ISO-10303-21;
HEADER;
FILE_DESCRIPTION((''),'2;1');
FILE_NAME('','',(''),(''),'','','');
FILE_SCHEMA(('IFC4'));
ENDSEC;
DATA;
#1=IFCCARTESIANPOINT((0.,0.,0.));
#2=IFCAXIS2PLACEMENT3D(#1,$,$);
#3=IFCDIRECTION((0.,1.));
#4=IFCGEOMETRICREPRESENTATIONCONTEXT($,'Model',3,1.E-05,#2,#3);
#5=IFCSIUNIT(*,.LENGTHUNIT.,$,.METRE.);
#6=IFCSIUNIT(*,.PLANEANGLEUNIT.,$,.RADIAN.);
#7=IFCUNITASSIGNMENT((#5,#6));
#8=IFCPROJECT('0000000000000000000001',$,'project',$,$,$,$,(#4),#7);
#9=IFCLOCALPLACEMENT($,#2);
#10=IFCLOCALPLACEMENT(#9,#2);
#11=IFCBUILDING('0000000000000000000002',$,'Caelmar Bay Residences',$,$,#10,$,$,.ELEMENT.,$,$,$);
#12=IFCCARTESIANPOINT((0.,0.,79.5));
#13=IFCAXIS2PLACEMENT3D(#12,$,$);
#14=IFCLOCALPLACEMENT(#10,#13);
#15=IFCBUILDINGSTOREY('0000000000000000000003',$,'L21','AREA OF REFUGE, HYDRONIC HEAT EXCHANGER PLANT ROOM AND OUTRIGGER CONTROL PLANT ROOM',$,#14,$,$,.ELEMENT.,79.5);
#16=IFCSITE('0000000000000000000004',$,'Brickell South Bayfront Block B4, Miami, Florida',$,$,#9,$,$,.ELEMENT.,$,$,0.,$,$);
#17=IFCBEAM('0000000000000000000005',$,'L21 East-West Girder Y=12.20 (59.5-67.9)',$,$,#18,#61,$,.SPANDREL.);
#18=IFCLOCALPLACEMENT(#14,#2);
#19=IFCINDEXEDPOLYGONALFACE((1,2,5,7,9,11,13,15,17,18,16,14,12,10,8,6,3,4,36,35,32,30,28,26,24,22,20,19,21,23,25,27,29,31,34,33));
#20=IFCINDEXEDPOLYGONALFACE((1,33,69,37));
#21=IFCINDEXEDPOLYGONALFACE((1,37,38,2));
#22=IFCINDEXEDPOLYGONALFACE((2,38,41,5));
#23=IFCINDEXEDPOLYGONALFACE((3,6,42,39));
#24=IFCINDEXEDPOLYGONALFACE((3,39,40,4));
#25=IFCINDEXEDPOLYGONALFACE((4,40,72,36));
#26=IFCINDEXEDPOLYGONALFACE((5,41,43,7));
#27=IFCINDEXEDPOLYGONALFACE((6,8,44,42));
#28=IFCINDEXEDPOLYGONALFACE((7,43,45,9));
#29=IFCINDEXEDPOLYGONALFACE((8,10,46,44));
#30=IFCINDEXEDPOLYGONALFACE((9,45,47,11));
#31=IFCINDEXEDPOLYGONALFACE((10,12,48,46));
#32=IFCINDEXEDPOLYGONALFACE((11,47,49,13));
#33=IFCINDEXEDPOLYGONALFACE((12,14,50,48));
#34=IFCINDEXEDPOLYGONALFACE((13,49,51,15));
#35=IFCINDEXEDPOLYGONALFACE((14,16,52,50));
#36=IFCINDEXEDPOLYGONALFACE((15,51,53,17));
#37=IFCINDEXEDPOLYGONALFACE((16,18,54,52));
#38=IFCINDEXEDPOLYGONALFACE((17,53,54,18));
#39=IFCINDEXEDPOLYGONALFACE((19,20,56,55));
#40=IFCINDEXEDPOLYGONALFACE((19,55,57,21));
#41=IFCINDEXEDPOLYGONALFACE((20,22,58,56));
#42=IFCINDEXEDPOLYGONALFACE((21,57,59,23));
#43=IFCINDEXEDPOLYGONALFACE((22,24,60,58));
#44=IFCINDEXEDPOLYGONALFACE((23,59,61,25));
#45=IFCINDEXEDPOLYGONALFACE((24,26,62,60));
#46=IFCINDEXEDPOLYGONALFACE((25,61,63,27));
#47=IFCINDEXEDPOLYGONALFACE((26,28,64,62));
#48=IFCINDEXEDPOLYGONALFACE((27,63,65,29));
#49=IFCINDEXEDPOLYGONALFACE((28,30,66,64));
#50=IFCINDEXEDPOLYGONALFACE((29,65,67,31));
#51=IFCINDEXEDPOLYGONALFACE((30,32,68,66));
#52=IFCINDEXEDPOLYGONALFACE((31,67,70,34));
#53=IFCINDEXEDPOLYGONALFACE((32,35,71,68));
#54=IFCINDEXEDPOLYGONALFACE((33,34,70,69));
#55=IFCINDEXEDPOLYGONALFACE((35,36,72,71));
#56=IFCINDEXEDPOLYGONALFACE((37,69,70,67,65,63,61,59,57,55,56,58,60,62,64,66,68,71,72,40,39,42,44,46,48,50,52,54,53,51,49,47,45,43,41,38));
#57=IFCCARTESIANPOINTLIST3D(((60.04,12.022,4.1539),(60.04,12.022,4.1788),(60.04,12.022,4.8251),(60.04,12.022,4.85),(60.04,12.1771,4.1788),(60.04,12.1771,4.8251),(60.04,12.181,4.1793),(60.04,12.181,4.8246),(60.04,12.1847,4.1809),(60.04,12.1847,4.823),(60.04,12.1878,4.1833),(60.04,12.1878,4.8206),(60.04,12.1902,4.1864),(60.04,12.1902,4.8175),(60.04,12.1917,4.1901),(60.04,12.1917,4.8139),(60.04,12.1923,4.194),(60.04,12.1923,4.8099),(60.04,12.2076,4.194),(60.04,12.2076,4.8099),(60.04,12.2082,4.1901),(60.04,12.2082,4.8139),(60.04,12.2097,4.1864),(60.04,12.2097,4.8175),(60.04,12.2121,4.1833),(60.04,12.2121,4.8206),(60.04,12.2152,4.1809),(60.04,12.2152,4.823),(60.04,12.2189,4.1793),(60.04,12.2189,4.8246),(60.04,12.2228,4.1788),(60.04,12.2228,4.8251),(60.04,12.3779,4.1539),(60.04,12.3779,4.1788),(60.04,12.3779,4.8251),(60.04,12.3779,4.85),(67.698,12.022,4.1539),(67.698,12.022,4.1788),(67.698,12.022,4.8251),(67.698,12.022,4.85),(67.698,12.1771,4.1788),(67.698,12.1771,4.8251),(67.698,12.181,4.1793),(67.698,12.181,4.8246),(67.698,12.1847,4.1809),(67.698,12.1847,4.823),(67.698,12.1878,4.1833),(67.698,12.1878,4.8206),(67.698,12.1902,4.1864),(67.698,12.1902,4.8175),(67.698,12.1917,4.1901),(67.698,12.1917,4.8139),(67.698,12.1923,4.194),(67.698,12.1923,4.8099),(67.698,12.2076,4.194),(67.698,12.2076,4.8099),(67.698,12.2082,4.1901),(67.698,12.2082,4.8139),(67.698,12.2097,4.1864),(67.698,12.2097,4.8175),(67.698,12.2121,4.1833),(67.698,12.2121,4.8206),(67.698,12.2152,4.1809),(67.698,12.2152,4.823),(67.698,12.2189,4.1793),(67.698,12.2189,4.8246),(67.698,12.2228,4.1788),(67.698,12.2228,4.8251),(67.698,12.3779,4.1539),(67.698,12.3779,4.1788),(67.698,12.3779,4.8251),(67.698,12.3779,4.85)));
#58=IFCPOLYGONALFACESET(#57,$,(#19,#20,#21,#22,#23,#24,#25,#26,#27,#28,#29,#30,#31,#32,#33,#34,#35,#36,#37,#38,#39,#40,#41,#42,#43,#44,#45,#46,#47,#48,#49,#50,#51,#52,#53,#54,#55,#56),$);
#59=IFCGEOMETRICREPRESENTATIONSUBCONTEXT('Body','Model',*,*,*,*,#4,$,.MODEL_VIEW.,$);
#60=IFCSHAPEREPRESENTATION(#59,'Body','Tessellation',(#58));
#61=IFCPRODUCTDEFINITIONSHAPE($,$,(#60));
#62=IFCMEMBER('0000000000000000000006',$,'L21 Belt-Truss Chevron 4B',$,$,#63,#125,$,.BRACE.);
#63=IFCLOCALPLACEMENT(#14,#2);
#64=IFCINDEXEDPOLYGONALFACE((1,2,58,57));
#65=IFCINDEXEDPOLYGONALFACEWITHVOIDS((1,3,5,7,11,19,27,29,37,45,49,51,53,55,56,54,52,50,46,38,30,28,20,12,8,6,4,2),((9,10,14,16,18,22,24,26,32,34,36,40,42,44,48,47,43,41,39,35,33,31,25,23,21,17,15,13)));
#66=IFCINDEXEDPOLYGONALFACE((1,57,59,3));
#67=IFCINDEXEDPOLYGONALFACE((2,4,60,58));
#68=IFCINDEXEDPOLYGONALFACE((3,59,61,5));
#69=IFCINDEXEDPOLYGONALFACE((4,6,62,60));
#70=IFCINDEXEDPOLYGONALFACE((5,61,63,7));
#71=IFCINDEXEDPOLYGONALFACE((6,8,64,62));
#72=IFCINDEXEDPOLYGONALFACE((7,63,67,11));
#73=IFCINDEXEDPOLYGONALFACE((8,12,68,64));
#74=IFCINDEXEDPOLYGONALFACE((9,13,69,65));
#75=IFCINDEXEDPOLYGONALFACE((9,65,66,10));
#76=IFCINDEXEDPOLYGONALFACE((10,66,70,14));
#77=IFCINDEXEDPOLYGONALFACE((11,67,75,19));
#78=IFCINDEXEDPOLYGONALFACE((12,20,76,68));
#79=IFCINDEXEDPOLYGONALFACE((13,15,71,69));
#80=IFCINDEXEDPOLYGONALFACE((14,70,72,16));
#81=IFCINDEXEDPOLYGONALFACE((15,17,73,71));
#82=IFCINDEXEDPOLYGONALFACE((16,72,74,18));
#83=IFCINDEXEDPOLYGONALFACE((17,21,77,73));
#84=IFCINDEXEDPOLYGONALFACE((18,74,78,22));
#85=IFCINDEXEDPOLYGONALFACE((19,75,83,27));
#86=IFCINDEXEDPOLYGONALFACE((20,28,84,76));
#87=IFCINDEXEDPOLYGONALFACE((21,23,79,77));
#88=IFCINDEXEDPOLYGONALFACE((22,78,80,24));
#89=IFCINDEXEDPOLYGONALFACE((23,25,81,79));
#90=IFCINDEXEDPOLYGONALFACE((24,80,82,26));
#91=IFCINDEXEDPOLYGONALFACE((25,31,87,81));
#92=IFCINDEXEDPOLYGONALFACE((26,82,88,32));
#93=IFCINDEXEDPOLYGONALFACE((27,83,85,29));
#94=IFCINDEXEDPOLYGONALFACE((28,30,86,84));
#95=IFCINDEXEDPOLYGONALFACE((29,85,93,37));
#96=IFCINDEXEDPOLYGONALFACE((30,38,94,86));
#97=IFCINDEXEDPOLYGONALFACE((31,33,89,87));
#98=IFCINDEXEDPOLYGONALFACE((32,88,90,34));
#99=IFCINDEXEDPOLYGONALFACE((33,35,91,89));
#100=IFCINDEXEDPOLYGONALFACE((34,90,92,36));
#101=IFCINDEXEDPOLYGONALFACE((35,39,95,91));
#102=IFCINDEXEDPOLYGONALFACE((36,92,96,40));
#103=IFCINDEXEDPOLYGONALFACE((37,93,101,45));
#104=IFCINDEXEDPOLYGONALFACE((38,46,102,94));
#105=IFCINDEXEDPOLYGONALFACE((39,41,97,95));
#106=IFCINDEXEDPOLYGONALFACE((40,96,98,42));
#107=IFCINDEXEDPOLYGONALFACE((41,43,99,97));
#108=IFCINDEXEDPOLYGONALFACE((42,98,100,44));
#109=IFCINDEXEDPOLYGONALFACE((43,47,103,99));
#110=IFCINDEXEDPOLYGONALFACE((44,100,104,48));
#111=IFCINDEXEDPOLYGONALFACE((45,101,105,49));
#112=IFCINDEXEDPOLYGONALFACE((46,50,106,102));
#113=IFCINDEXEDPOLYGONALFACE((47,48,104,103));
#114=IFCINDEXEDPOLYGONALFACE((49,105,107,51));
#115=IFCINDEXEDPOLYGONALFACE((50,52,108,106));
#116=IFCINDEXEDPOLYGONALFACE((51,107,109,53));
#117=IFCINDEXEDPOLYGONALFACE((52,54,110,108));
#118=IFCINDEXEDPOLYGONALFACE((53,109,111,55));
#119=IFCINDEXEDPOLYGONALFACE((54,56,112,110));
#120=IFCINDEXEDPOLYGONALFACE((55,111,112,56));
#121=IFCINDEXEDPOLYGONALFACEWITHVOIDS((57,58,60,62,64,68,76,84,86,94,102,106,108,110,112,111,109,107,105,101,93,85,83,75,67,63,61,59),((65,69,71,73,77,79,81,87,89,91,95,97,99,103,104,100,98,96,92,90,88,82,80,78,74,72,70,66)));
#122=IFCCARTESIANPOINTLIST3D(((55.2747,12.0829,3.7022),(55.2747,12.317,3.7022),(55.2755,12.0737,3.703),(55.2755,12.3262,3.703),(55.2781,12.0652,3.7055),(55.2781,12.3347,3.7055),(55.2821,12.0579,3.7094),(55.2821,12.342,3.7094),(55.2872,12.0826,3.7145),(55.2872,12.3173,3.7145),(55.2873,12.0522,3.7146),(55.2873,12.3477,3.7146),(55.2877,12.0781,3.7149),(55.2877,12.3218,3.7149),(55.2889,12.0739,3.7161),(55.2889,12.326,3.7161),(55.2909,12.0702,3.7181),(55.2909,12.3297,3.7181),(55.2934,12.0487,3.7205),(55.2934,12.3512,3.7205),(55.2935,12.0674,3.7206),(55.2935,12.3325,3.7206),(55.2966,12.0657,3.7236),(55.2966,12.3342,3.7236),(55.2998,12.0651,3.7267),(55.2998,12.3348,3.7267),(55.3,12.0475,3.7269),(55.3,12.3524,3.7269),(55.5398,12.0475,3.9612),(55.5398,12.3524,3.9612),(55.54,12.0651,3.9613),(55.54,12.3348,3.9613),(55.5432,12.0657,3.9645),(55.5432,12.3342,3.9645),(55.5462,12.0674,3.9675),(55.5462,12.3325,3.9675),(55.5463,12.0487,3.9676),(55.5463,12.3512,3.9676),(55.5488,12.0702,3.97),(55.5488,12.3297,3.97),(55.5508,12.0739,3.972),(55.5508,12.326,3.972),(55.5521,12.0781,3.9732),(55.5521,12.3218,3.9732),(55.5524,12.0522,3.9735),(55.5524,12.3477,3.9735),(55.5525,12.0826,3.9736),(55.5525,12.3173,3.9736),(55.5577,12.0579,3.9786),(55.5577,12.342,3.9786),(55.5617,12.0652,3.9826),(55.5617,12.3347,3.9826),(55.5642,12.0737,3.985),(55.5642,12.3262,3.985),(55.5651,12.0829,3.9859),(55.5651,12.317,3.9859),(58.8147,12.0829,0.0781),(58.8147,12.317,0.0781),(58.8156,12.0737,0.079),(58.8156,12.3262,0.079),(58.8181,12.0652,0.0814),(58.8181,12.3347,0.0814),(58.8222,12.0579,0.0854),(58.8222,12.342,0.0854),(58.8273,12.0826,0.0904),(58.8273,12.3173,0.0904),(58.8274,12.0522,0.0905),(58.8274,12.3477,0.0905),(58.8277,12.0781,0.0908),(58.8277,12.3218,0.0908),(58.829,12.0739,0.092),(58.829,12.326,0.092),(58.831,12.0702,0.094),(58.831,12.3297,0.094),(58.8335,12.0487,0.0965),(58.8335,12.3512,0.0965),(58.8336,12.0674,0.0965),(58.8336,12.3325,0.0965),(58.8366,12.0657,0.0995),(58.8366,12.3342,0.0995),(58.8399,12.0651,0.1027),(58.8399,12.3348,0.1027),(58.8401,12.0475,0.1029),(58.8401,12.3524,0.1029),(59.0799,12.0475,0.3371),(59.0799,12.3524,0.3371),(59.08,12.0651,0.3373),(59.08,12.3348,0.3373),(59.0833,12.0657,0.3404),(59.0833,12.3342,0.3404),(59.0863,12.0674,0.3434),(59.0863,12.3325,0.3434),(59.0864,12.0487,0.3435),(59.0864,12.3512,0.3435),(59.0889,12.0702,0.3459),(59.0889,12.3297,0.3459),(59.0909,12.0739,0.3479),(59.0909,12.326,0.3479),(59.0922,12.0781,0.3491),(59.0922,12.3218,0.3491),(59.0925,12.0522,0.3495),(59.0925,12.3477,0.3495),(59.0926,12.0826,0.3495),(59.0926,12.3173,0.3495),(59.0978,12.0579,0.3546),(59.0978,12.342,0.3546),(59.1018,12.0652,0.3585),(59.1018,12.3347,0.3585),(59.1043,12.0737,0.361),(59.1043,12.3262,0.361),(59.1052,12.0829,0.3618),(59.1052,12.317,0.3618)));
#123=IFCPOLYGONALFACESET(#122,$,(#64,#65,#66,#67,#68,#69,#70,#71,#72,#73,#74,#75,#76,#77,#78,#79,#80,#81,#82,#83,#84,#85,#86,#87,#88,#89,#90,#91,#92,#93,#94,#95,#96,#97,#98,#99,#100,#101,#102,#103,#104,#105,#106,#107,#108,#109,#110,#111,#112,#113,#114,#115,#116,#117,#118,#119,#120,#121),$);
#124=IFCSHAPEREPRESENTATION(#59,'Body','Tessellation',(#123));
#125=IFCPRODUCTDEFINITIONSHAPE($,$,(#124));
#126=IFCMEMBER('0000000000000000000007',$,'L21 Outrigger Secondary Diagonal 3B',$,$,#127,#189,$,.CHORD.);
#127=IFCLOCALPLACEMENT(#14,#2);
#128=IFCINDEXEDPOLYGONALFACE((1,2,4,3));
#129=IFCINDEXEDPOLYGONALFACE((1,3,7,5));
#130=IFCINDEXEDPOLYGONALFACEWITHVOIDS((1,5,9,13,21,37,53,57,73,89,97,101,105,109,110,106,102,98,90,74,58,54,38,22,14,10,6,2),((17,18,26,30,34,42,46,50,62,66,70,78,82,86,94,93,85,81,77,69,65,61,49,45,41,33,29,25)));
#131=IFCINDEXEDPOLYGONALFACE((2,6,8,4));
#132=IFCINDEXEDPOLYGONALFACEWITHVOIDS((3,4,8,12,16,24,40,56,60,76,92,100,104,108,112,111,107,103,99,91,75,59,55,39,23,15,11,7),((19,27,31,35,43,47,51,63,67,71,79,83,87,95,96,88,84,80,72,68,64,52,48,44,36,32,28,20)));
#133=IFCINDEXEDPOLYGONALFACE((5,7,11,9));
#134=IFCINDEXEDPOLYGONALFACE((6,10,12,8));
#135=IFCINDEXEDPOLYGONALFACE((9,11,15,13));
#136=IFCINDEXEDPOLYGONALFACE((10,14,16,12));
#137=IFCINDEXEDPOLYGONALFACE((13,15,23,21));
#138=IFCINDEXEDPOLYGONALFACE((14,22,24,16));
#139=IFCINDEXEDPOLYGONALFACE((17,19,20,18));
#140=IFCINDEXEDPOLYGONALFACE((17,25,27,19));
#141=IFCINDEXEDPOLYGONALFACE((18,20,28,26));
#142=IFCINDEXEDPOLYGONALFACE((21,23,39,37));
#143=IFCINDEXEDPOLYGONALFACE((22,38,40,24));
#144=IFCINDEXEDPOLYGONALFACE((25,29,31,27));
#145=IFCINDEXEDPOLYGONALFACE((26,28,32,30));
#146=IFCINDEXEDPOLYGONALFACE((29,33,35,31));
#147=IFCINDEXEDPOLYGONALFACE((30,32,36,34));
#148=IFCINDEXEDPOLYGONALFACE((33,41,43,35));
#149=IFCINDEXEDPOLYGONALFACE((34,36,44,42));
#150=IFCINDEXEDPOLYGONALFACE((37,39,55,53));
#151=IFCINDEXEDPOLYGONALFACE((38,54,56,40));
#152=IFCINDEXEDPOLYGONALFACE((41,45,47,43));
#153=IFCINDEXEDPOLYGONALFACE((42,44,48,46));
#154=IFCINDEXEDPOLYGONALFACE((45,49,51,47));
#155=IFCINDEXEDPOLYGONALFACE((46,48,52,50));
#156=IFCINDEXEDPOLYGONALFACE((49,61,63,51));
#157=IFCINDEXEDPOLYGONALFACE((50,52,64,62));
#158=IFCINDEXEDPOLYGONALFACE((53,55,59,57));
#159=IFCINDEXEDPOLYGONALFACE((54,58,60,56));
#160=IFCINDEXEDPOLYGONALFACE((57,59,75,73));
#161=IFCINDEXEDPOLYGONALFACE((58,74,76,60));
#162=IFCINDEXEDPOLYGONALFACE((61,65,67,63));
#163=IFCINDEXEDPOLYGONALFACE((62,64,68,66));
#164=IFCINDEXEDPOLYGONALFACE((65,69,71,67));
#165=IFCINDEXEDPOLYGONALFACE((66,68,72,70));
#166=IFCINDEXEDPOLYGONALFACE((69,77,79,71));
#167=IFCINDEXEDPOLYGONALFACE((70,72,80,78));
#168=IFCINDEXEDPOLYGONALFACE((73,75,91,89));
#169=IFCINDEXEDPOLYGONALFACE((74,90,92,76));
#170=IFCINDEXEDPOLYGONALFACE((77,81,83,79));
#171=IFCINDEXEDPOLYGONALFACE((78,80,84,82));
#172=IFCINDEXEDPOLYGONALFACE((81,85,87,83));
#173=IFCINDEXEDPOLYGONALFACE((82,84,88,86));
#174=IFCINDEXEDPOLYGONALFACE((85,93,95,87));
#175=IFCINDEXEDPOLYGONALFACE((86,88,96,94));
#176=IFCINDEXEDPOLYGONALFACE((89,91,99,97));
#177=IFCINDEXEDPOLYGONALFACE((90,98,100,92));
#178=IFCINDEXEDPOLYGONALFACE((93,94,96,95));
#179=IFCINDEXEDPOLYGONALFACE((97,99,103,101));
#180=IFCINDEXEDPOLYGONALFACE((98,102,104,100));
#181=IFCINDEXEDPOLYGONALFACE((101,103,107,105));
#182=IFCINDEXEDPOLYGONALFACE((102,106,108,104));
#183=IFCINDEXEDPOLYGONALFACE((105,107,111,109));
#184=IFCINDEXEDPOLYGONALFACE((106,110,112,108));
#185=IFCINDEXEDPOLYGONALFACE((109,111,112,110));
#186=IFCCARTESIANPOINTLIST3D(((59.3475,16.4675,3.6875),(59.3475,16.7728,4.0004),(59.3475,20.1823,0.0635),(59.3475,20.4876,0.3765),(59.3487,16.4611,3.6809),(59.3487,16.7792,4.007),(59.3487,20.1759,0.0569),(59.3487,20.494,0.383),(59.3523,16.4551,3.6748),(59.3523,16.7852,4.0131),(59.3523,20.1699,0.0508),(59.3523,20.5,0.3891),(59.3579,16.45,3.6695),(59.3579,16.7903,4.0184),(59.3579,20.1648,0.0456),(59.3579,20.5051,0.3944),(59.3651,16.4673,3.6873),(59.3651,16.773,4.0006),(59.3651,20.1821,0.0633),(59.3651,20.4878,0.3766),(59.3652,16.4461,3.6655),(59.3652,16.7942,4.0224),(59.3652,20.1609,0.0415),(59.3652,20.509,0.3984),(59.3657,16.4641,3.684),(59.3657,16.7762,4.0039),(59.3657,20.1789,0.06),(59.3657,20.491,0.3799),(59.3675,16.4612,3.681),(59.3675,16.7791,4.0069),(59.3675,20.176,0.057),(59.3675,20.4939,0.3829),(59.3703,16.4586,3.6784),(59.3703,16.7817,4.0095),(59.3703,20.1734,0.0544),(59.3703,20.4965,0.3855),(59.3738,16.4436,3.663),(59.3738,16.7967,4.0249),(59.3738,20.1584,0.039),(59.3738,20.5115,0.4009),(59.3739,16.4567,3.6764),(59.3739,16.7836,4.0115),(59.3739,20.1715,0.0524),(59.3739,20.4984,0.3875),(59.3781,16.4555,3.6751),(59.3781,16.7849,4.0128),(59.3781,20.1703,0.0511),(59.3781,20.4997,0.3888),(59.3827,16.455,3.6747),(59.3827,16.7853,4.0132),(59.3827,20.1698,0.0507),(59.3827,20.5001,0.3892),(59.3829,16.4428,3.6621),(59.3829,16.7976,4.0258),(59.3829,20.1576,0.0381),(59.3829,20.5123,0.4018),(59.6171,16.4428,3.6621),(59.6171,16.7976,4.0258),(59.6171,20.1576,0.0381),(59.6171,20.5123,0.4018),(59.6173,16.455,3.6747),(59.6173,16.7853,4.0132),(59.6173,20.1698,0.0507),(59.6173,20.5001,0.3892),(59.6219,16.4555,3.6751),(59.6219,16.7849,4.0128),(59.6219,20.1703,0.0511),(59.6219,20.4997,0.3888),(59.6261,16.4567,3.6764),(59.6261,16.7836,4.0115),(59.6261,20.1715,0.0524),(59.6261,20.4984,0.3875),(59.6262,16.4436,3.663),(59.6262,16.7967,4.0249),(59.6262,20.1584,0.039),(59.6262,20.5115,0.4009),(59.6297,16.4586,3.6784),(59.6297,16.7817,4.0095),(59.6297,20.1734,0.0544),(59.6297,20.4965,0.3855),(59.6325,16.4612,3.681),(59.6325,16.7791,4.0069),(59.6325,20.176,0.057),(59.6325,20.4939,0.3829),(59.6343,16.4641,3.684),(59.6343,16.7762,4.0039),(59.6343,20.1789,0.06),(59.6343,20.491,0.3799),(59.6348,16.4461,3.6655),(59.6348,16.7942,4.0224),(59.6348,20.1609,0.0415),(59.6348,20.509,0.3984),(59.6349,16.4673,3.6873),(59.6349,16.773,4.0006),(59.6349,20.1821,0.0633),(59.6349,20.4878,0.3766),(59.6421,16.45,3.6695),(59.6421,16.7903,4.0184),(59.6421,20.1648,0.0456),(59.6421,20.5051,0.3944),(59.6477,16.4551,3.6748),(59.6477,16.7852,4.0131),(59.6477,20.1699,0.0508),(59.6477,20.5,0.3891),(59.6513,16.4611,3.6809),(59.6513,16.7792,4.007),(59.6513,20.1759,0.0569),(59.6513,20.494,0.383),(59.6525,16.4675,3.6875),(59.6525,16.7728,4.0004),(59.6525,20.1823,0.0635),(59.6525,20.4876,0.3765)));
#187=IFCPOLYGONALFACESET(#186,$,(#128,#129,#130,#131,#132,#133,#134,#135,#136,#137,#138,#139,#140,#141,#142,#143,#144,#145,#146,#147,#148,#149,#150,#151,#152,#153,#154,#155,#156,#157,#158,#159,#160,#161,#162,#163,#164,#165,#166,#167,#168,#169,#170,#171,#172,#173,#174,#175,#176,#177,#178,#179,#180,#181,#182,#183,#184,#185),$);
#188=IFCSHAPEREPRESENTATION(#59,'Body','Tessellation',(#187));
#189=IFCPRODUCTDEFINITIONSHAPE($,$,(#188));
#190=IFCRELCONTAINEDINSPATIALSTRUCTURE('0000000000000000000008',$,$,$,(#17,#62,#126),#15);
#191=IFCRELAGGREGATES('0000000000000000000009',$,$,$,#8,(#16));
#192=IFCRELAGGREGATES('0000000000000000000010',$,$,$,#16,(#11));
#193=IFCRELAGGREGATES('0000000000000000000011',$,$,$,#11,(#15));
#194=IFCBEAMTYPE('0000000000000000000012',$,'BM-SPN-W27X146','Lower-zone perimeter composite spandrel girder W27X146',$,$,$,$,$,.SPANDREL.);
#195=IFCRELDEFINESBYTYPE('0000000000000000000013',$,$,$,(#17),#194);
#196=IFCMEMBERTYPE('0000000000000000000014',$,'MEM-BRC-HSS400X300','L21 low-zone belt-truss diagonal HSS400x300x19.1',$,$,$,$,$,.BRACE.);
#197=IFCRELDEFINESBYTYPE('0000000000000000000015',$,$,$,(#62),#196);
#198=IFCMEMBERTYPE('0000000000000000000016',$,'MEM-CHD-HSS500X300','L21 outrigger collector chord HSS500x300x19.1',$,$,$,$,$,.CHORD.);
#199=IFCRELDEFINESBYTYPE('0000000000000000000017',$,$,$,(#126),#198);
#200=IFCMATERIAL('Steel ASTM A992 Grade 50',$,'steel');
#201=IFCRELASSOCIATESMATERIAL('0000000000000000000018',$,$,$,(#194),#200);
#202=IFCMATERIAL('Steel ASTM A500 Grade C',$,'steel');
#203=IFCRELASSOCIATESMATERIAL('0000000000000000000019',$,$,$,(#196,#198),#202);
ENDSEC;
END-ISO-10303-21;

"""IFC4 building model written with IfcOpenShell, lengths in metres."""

from ifc_helpers import new_model, si_unit, direction, frame, origin, origin_2d, place, context, subcontext, project, spatial, hollow_rectangle, i_section, extrude, material, material_profile, profile_set, type_object, element, save


model = new_model("IFC4")

# Units and contexts
model_context = context("Model", 3, precision=1e-05, world=origin(), true_north=direction((0.0, 1.0)))
body_context = subcontext(model_context, "Body", "Model", "MODEL_VIEW")
ifc_project = project(units=[si_unit("LENGTHUNIT", "METRE"), si_unit("PLANEANGLEUNIT", "RADIAN")], contexts=[model_context])

# Site, building, storey
site_placement = place(None, origin())
site = spatial("IfcSite", under=ifc_project, at=site_placement, Name="Brickell South Bayfront Block B4, Miami, Florida", CompositionType="ELEMENT", RefElevation=0.0)
building_placement = place(site_placement, origin())
building = spatial("IfcBuilding", under=site, at=building_placement, Name="Caelmar Bay Residences", CompositionType="ELEMENT")
storey_placement = place(building_placement, frame((0.0, 0.0, 79.5)))
storey = spatial("IfcBuildingStorey", under=building, at=storey_placement, Name="L21", Description="AREA OF REFUGE, HYDRONIC HEAT EXCHANGER PLANT ROOM AND OUTRIGGER CONTROL PLANT ROOM", CompositionType="ELEMENT", Elevation=79.5)

# Beam
ifc_material_1 = material(Name="Steel ASTM A992 Grade 50", Category="steel")
ifc_material_profile_1 = material_profile(ifc_material_1, i_section(OverallWidth=0.356, OverallDepth=0.696, WebThickness=0.0154, FlangeThickness=0.0249, FilletRadius=0.0151, at=origin_2d()), Name="W27X146")
ifc_profile_set_1 = profile_set([ifc_material_profile_1], Name="Steel ASTM A992 Grade 50")
beam_type_1 = type_object("IfcBeamType", Name="BM-SPN-W27X146", Description="Lower-zone perimeter composite spandrel girder W27X146", PredefinedType="SPANDREL", material=ifc_profile_set_1)
beam_1_placement = place(storey_placement, frame((60.04, 12.2, 4.502), z_axis=(1.0, 0.0, 0.0), x_axis=(0.0, 1.0, 0.0)))
element("IfcBeam", 1, at=beam_1_placement, inside=storey, type_object=beam_type_1, Name="L21 East-West Girder Y=12.20 (59.5-67.9)", PredefinedType="SPANDREL", context=body_context, shape_type="SweptSolid", body=[
    extrude(i_section(OverallWidth=0.356, OverallDepth=0.696, WebThickness=0.0154, FlangeThickness=0.0249, FilletRadius=0.0151, at=origin_2d()), origin(), (0.0, 0.0, 1.0), 7.658),
])

# Members
ifc_material_2 = material(Name="Steel ASTM A500 Grade C", Category="steel")
ifc_material_profile_2 = material_profile(ifc_material_2, hollow_rectangle(XDim=0.3049, YDim=0.406, WallThickness=0.0176, InnerFilletRadius=0.0176, OuterFilletRadius=0.0354, at=origin_2d()), Name="HSS400X300X19.1")
ifc_profile_set_2 = profile_set([ifc_material_profile_2], Name="Steel ASTM A500 Grade C")
member_type_1 = type_object("IfcMemberType", Name="MEM-BRC-HSS400X300", Description="L21 low-zone belt-truss diagonal HSS400x300x19.1", PredefinedType="BRACE", material=ifc_profile_set_2)
member_1_placement = place(storey_placement, frame((58.96, 12.2, 0.22), z_axis=(-0.698769, 0.0, 0.715347), x_axis=(0.0, -1.0, 0.0)))
element("IfcMember", 2, at=member_1_placement, inside=storey, type_object=member_type_1, Name="L21 Belt-Truss Chevron 4B", PredefinedType="BRACE", context=body_context, shape_type="SweptSolid", body=[
    extrude(hollow_rectangle(XDim=0.3049, YDim=0.406, WallThickness=0.0176, InnerFilletRadius=0.0176, OuterFilletRadius=0.0354, at=origin_2d()), origin(), (0.0, 0.0, 1.0), 5.0662),
])
ifc_material_profile_3 = material_profile(ifc_material_2, hollow_rectangle(XDim=0.3049, YDim=0.5081, WallThickness=0.0176, InnerFilletRadius=0.0176, OuterFilletRadius=0.0354, at=origin_2d()), Name="HSS500X300X19.1")
ifc_profile_set_3 = profile_set([ifc_material_profile_3], Name="Steel ASTM A500 Grade C")
member_type_2 = type_object("IfcMemberType", Name="MEM-CHD-HSS500X300", Description="L21 outrigger collector chord HSS500x300x19.1", PredefinedType="CHORD", material=ifc_profile_set_3)
member_2_placement = place(storey_placement, frame((59.5, 20.335, 0.22), z_axis=(0.0, -0.715803, 0.698303), x_axis=(1.0, 0.0, 0.0)))
element("IfcMember", 3, at=member_2_placement, inside=storey, type_object=member_type_2, Name="L21 Outrigger Secondary Diagonal 3B", PredefinedType="CHORD", context=body_context, shape_type="SweptSolid", body=[
    extrude(hollow_rectangle(XDim=0.3049, YDim=0.5081, WallThickness=0.0176, InnerFilletRadius=0.0176, OuterFilletRadius=0.0354, at=origin_2d()), origin(), (0.0, 0.0, 1.0), 5.1897),
])

save(model, "model.ifc")
